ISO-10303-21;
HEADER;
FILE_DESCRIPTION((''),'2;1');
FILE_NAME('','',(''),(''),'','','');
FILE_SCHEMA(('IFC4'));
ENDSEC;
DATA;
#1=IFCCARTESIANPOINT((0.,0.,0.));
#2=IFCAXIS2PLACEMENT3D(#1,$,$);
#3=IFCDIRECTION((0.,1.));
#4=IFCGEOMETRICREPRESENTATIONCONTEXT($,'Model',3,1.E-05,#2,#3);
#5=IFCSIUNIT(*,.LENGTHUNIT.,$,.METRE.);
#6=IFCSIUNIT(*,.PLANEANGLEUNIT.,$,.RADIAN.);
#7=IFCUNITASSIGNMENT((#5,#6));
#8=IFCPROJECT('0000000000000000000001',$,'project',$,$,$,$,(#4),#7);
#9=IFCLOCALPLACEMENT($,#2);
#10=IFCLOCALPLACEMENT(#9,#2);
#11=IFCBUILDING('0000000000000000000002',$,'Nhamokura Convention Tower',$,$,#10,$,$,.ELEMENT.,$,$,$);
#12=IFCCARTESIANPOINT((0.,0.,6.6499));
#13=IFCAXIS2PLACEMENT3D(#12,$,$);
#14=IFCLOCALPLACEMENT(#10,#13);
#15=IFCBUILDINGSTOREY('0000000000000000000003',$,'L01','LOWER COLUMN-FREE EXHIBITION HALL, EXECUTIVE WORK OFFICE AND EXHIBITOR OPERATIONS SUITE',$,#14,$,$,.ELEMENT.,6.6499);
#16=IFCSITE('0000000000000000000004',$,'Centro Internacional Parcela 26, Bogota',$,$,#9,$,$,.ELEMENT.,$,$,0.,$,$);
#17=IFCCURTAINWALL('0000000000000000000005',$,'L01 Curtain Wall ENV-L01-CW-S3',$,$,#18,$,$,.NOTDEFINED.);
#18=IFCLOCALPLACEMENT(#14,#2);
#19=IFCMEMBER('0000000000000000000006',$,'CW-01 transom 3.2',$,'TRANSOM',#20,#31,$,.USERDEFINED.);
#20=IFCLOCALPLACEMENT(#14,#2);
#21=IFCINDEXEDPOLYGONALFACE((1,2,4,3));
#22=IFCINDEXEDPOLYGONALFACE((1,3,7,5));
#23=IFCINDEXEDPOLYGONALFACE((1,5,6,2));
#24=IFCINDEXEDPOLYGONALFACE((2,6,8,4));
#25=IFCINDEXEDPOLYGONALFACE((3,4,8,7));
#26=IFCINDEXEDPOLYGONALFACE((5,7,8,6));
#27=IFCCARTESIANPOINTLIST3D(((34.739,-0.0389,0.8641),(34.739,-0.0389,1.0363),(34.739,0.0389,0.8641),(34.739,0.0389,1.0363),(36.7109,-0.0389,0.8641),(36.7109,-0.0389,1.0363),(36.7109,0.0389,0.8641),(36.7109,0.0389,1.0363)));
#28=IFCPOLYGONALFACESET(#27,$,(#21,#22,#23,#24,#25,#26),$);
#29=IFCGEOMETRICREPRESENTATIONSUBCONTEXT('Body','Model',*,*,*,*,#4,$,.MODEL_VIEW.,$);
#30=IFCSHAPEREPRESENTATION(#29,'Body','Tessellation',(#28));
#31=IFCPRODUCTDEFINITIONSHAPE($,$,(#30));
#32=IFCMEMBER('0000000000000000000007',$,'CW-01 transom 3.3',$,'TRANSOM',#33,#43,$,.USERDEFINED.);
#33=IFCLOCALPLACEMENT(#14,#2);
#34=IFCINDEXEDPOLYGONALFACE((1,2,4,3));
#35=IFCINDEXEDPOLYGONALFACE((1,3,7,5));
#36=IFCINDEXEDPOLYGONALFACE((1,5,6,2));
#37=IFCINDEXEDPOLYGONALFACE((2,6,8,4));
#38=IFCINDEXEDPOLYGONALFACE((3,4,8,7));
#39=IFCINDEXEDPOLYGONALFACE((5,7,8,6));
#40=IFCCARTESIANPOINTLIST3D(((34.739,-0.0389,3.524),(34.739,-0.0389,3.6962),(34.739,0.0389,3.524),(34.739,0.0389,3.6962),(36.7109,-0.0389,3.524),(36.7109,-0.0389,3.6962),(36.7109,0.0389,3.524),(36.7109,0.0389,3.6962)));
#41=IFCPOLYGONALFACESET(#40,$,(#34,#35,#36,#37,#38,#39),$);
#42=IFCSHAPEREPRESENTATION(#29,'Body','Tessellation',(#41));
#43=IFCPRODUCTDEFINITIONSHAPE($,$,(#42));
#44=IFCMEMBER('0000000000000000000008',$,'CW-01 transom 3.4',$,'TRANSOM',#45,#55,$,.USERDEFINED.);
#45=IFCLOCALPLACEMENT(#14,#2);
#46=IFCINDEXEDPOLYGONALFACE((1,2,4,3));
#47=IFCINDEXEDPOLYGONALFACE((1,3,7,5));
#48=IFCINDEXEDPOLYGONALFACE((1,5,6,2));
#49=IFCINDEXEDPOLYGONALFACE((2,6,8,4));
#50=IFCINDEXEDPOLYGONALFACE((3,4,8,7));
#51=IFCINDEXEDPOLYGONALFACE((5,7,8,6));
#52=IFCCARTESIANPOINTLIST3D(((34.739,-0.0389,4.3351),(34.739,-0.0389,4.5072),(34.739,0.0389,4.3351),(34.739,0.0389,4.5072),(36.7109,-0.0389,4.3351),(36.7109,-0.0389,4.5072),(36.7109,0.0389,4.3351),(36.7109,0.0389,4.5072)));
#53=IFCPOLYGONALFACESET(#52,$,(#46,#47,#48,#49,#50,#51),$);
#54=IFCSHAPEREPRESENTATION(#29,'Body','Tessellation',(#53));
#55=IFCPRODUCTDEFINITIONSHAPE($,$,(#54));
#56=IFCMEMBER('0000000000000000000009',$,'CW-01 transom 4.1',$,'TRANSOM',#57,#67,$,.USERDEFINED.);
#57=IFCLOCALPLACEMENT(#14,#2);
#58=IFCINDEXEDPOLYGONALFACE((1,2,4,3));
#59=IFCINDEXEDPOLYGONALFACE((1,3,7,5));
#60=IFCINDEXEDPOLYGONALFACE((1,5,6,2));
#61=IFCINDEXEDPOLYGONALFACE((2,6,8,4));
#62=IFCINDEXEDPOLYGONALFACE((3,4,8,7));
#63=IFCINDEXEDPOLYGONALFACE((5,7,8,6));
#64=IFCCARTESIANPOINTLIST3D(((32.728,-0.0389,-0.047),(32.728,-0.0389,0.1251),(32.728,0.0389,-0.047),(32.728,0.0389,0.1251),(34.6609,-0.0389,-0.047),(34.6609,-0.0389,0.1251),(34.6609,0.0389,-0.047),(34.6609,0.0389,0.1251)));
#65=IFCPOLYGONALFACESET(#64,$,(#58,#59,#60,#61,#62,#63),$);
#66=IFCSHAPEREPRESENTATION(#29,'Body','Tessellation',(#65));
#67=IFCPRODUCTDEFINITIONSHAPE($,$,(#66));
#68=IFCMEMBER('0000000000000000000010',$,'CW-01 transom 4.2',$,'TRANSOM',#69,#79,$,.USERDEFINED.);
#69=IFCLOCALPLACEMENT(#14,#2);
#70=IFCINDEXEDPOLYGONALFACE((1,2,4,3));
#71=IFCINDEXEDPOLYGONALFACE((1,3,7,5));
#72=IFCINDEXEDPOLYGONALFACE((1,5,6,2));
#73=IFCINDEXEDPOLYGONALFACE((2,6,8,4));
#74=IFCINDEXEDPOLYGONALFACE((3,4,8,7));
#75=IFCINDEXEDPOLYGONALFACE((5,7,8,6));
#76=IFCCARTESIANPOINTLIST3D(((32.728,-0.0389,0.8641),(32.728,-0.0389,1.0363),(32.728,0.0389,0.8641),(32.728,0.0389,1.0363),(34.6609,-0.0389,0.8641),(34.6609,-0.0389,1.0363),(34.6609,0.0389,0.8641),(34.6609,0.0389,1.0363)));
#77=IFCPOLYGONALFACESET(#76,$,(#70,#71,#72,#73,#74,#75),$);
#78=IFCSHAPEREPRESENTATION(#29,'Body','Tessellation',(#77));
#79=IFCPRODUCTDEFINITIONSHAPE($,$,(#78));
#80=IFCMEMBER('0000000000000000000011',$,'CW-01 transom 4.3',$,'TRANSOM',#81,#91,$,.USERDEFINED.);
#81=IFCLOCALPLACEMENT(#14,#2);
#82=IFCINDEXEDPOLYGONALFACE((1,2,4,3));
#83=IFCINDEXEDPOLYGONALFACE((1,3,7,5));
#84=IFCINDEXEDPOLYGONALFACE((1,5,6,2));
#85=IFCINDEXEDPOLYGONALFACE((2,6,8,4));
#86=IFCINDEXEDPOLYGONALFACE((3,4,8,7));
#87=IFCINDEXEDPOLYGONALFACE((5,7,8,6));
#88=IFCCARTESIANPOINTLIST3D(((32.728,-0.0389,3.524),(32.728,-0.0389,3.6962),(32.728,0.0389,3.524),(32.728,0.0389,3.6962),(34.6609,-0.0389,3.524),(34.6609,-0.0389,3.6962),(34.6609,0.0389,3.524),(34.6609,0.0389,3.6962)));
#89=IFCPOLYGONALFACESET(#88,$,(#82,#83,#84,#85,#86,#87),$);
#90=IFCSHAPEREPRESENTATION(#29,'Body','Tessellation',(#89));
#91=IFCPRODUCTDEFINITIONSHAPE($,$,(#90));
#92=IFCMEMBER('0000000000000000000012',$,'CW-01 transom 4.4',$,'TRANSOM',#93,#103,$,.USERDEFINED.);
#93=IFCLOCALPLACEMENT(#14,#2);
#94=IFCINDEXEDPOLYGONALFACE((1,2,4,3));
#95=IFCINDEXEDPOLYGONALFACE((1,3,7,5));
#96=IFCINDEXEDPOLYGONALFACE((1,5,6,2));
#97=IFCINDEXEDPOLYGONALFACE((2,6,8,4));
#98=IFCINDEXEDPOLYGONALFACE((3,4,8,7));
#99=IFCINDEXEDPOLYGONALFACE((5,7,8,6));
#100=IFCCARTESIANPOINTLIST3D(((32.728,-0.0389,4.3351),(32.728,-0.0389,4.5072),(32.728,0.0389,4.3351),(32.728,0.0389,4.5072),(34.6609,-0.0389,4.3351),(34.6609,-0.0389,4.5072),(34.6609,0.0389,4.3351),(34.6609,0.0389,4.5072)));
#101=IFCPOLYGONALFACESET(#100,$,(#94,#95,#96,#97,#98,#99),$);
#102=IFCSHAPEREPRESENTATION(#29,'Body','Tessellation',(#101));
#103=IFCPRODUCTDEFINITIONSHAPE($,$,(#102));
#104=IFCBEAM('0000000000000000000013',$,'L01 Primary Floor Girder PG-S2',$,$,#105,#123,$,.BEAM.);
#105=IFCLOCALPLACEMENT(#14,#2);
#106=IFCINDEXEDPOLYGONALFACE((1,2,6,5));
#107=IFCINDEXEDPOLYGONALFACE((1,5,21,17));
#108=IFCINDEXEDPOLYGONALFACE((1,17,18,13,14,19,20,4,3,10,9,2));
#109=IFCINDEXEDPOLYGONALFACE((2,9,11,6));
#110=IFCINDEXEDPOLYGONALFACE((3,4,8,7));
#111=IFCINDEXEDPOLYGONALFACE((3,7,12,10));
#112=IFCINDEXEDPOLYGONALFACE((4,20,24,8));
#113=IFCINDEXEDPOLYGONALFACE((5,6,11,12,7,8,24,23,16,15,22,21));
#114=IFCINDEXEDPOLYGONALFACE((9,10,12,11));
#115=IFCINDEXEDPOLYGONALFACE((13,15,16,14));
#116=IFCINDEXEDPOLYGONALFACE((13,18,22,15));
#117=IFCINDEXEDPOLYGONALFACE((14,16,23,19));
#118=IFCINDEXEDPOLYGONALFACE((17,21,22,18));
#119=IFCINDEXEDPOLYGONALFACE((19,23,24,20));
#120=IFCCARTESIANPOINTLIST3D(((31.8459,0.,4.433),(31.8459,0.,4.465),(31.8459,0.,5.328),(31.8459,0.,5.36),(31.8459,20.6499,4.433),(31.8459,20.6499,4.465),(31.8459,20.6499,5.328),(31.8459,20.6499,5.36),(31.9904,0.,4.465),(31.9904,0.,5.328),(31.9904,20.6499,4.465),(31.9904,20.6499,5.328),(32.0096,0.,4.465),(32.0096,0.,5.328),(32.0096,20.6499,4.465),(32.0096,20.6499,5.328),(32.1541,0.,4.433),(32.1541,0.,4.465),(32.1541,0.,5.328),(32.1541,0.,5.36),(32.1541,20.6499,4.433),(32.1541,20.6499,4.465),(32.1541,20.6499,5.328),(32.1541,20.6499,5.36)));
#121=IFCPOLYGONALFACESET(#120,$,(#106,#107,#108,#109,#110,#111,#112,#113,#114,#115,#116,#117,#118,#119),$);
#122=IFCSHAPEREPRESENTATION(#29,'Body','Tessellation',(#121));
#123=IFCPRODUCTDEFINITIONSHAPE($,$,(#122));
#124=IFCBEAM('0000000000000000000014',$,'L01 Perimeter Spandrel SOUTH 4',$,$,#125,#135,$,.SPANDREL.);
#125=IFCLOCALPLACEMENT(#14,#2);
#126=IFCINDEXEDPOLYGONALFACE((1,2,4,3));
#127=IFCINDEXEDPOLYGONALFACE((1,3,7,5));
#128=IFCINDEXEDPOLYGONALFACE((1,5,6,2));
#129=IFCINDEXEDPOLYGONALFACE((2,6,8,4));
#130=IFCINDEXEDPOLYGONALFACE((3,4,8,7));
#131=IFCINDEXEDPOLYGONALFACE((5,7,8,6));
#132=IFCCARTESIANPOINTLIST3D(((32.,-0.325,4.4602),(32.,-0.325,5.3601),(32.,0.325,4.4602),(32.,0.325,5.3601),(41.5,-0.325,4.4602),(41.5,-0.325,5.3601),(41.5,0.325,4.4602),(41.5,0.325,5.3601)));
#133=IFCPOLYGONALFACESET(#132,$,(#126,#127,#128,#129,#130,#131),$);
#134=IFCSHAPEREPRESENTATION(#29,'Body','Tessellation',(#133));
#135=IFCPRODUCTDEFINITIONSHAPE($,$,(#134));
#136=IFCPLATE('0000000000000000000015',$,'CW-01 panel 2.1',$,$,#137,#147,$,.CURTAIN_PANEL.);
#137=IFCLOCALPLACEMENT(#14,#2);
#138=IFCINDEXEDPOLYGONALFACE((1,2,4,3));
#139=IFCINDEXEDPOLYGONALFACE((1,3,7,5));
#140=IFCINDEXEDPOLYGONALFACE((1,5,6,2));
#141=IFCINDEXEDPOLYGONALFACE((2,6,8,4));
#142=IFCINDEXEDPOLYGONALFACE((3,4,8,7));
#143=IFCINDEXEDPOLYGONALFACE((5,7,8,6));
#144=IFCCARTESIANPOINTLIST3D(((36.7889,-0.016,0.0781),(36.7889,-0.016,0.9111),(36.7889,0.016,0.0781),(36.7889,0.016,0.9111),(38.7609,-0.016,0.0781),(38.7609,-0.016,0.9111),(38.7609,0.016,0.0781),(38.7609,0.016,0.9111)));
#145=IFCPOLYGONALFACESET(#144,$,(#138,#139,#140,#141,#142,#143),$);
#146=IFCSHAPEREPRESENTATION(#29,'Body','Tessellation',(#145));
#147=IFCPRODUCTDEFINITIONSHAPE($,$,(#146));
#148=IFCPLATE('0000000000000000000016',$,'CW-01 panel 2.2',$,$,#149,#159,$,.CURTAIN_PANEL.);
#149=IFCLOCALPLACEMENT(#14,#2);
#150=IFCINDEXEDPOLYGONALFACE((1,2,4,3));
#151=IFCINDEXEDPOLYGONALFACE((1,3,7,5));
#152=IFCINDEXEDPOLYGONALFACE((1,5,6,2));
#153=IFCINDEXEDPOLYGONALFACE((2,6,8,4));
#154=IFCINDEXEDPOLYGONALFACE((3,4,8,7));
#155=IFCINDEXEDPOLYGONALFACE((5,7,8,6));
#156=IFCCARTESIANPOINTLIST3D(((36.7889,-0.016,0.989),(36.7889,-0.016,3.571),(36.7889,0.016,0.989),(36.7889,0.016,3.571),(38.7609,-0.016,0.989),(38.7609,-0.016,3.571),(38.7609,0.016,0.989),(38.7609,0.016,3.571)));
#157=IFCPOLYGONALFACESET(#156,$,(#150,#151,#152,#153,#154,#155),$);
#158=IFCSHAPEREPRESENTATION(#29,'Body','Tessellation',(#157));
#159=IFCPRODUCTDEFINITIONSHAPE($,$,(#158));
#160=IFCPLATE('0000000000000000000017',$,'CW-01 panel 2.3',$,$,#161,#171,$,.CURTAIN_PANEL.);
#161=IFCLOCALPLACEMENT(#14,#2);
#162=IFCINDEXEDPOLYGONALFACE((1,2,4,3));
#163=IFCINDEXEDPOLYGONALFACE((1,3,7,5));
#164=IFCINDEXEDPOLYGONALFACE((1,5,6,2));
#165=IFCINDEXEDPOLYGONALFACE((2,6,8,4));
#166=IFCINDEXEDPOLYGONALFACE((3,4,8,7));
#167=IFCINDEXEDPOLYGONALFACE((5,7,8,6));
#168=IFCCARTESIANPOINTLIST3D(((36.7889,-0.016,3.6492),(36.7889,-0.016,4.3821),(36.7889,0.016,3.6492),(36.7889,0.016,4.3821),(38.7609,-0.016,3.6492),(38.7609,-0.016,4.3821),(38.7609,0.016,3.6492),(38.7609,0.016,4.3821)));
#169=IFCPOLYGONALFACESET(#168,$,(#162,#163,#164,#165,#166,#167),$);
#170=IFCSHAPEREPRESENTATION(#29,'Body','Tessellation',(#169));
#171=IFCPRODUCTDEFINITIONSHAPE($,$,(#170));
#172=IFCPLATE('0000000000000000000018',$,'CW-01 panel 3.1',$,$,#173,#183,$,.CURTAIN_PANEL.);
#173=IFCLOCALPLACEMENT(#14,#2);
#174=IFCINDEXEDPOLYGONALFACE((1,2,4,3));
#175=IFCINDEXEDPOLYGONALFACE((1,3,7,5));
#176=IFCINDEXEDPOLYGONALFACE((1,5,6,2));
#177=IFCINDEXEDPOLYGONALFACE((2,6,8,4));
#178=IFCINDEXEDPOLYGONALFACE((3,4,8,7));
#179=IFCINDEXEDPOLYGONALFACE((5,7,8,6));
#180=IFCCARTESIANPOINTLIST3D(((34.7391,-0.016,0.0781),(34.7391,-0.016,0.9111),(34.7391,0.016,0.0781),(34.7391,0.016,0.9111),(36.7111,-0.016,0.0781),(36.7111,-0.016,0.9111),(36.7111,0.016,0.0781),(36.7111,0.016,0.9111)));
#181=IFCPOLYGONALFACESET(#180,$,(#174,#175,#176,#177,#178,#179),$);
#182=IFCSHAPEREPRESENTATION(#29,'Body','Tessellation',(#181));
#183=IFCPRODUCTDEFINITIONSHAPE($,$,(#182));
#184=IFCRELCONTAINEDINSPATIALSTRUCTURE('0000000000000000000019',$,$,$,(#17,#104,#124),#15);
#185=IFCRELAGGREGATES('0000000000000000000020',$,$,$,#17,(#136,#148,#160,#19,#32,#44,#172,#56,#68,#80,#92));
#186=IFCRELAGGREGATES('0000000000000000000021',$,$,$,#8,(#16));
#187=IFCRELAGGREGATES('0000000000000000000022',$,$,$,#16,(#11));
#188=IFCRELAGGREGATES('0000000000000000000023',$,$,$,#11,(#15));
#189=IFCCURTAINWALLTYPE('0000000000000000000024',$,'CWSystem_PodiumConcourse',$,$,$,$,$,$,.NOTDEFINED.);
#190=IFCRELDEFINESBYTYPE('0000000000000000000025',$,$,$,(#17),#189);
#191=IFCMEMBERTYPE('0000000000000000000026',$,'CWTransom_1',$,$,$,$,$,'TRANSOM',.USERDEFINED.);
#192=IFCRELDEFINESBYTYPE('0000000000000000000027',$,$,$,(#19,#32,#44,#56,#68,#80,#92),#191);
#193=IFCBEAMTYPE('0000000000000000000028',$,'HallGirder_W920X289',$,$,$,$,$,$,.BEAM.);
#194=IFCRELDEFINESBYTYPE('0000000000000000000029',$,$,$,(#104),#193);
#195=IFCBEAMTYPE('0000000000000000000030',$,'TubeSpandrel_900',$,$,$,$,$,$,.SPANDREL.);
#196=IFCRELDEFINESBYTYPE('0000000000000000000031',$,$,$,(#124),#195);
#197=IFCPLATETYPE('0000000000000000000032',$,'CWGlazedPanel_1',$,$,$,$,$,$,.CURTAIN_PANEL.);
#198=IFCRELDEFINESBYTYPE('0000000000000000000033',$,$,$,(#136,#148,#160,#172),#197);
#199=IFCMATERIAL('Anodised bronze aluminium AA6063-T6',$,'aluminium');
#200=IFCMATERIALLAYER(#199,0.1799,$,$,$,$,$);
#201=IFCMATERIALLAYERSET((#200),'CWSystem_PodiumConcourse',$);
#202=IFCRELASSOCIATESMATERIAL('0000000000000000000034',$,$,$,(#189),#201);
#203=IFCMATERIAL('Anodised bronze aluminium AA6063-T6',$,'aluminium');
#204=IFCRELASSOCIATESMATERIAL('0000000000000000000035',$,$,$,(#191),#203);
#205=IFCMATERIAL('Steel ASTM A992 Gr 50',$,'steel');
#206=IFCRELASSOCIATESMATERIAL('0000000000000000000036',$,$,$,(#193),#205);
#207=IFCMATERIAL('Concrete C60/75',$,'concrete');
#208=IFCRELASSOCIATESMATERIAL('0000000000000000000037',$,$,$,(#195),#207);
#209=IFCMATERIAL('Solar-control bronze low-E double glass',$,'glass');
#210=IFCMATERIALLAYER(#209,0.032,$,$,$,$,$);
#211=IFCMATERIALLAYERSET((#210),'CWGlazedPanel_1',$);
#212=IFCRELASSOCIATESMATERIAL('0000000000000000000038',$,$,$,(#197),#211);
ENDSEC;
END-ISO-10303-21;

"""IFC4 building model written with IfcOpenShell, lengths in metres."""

from ifc_helpers import new_model, si_unit, direction, frame, origin, origin_2d, place, context, subcontext, project, spatial, rectangle, i_section, extrude, material, layer, layer_set, material_profile, profile_set, type_object, element, aggregate, save


model = new_model("IFC4")

# Units and contexts
model_context = context("Model", 3, precision=1e-05, world=origin(), true_north=direction((0.0, 1.0)))
body_context = subcontext(model_context, "Body", "Model", "MODEL_VIEW")
ifc_project = project(units=[si_unit("LENGTHUNIT", "METRE"), si_unit("PLANEANGLEUNIT", "RADIAN")], contexts=[model_context])

# Site, building, storey
site_placement = place(None, origin())
site = spatial("IfcSite", under=ifc_project, at=site_placement, Name="Centro Internacional Parcela 26, Bogota", CompositionType="ELEMENT", RefElevation=0.0)
building_placement = place(site_placement, origin())
building = spatial("IfcBuilding", under=site, at=building_placement, Name="Nhamokura Convention Tower", CompositionType="ELEMENT")
storey_placement = place(building_placement, frame((0.0, 0.0, 6.6499)))
storey = spatial("IfcBuildingStorey", under=building, at=storey_placement, Name="L01", Description="LOWER COLUMN-FREE EXHIBITION HALL, EXECUTIVE WORK OFFICE AND EXHIBITOR OPERATIONS SUITE", CompositionType="ELEMENT", Elevation=6.6499)

# Shared definitions
ifc_material_1 = material(Name="Anodised bronze aluminium AA6063-T6", Category="aluminium")
ifc_layer_1 = layer(ifc_material_1, 0.1799)
ifc_layer_set_1 = layer_set([ifc_layer_1], Name="CWSystem_PodiumConcourse")
curtain_wall_type = type_object("IfcCurtainWallType", Name="CWSystem_PodiumConcourse", PredefinedType="NOTDEFINED", material=ifc_layer_set_1)

# Curtain wall
curtain_wall_1_placement = place(storey_placement, origin())
curtain_wall_1 = element("IfcCurtainWall", 1, at=curtain_wall_1_placement, inside=storey, type_object=curtain_wall_type, Name="L01 Curtain Wall ENV-L01-CW-S3", PredefinedType="NOTDEFINED")

# Members
ifc_material_2 = material(Name="Anodised bronze aluminium AA6063-T6", Category="aluminium")
ifc_material_profile_1 = material_profile(ifc_material_2, rectangle(XDim=0.0779, YDim=0.1721, at=origin_2d()))
ifc_profile_set_1 = profile_set([ifc_material_profile_1], Name="Anodised bronze aluminium AA6063-T6")
member_type_1 = type_object("IfcMemberType", Name="CWTransom_1", ElementType="TRANSOM", PredefinedType="USERDEFINED", material=ifc_profile_set_1)
member_1_placement = place(storey_placement, frame((36.7109, 0.0, 0.9502), z_axis=(-1.0, 0.0, 0.0), x_axis=(0.0, -1.0, 0.0)))
member_1 = element("IfcMember", 2, at=member_1_placement, type_object=member_type_1, Name="CW-01 transom 3.2", ObjectType="TRANSOM", PredefinedType="USERDEFINED", context=body_context, shape_type="SweptSolid", body=[
    extrude(rectangle(XDim=0.0779, YDim=0.1721, at=origin_2d()), origin(), (0.0, 0.0, 1.0), 1.9719),
])
member_2_placement = place(storey_placement, frame((36.7109, 0.0, 3.6101), z_axis=(-1.0, 0.0, 0.0), x_axis=(0.0, -1.0, 0.0)))
member_2 = element("IfcMember", 3, at=member_2_placement, type_object=member_type_1, Name="CW-01 transom 3.3", ObjectType="TRANSOM", PredefinedType="USERDEFINED", context=body_context, shape_type="SweptSolid", body=[
    extrude(rectangle(XDim=0.0779, YDim=0.1721, at=origin_2d()), origin(), (0.0, 0.0, 1.0), 1.9719),
])
member_3_placement = place(storey_placement, frame((36.7109, 0.0, 4.4211), z_axis=(-1.0, 0.0, 0.0), x_axis=(0.0, -1.0, 0.0)))
member_3 = element("IfcMember", 4, at=member_3_placement, type_object=member_type_1, Name="CW-01 transom 3.4", ObjectType="TRANSOM", PredefinedType="USERDEFINED", context=body_context, shape_type="SweptSolid", body=[
    extrude(rectangle(XDim=0.0779, YDim=0.1721, at=origin_2d()), origin(), (0.0, 0.0, 1.0), 1.9719),
])
member_4_placement = place(storey_placement, frame((34.6609, 0.0, 0.0391), z_axis=(-1.0, 0.0, 0.0), x_axis=(0.0, -1.0, 0.0)))
member_4 = element("IfcMember", 5, at=member_4_placement, type_object=member_type_1, Name="CW-01 transom 4.1", ObjectType="TRANSOM", PredefinedType="USERDEFINED", context=body_context, shape_type="SweptSolid", body=[
    extrude(rectangle(XDim=0.0779, YDim=0.1721, at=origin_2d()), origin(), (0.0, 0.0, 1.0), 1.9329),
])
member_5_placement = place(storey_placement, frame((34.6609, 0.0, 0.9502), z_axis=(-1.0, 0.0, 0.0), x_axis=(0.0, -1.0, 0.0)))
member_5 = element("IfcMember", 6, at=member_5_placement, type_object=member_type_1, Name="CW-01 transom 4.2", ObjectType="TRANSOM", PredefinedType="USERDEFINED", context=body_context, shape_type="SweptSolid", body=[
    extrude(rectangle(XDim=0.0779, YDim=0.1721, at=origin_2d()), origin(), (0.0, 0.0, 1.0), 1.9329),
])
member_6_placement = place(storey_placement, frame((34.6609, 0.0, 3.6101), z_axis=(-1.0, 0.0, 0.0), x_axis=(0.0, -1.0, 0.0)))
member_6 = element("IfcMember", 7, at=member_6_placement, type_object=member_type_1, Name="CW-01 transom 4.3", ObjectType="TRANSOM", PredefinedType="USERDEFINED", context=body_context, shape_type="SweptSolid", body=[
    extrude(rectangle(XDim=0.0779, YDim=0.1721, at=origin_2d()), origin(), (0.0, 0.0, 1.0), 1.9329),
])
member_7_placement = place(storey_placement, frame((34.6609, 0.0, 4.4211), z_axis=(-1.0, 0.0, 0.0), x_axis=(0.0, -1.0, 0.0)))
member_7 = element("IfcMember", 8, at=member_7_placement, type_object=member_type_1, Name="CW-01 transom 4.4", ObjectType="TRANSOM", PredefinedType="USERDEFINED", context=body_context, shape_type="SweptSolid", body=[
    extrude(rectangle(XDim=0.0779, YDim=0.1721, at=origin_2d()), origin(), (0.0, 0.0, 1.0), 1.9329),
])

# Beams
ifc_material_3 = material(Name="Steel ASTM A992 Gr 50", Category="steel")
ifc_material_profile_2 = material_profile(ifc_material_3, i_section(OverallWidth=0.3081, OverallDepth=0.927, WebThickness=0.0193, FlangeThickness=0.032, at=origin_2d()))
ifc_profile_set_2 = profile_set([ifc_material_profile_2], Name="Steel ASTM A992 Gr 50")
beam_type_1 = type_object("IfcBeamType", Name="HallGirder_W920X289", PredefinedType="BEAM", material=ifc_profile_set_2)
beam_1_placement = place(storey_placement, frame((32.0, 0.0, 4.8965), z_axis=(0.0, 1.0, 0.0), x_axis=(-1.0, 0.0, 0.0)))
element("IfcBeam", 9, at=beam_1_placement, inside=storey, type_object=beam_type_1, Name="L01 Primary Floor Girder PG-S2", PredefinedType="BEAM", context=body_context, shape_type="SweptSolid", body=[
    extrude(i_section(OverallWidth=0.3081, OverallDepth=0.927, WebThickness=0.0193, FlangeThickness=0.032, at=origin_2d()), origin(), (0.0, 0.0, 1.0), 20.6499),
])
ifc_material_4 = material(Name="Concrete C60/75", Category="concrete")
ifc_material_profile_3 = material_profile(ifc_material_4, rectangle(XDim=0.6499, YDim=0.8999, at=origin_2d()))
ifc_profile_set_3 = profile_set([ifc_material_profile_3], Name="Concrete C60/75")
beam_type_2 = type_object("IfcBeamType", Name="TubeSpandrel_900", PredefinedType="SPANDREL", material=ifc_profile_set_3)
beam_2_placement = place(storey_placement, frame((32.0, 0.0, 4.9102), z_axis=(1.0, 0.0, 0.0), x_axis=(0.0, 1.0, 0.0)))
element("IfcBeam", 10, at=beam_2_placement, inside=storey, type_object=beam_type_2, Name="L01 Perimeter Spandrel SOUTH 4", PredefinedType="SPANDREL", context=body_context, shape_type="SweptSolid", body=[
    extrude(rectangle(XDim=0.6499, YDim=0.8999, at=origin_2d()), origin(), (0.0, 0.0, 1.0), 9.5),
])

# Plates
ifc_material_5 = material(Name="Solar-control bronze low-E double glass", Category="glass")
ifc_layer_2 = layer(ifc_material_5, 0.032)
ifc_layer_set_2 = layer_set([ifc_layer_2], Name="CWGlazedPanel_1")
plate_type = type_object("IfcPlateType", Name="CWGlazedPanel_1", PredefinedType="CURTAIN_PANEL", material=ifc_layer_set_2)
plate_1_placement = place(storey_placement, frame((37.7749, 0.0, 0.0781), z_axis=(0.0, 0.0, 1.0), x_axis=(-1.0, 0.0, 0.0)))
plate_1 = element("IfcPlate", 11, at=plate_1_placement, type_object=plate_type, Name="CW-01 panel 2.1", PredefinedType="CURTAIN_PANEL", context=body_context, shape_type="SweptSolid", body=[
    extrude(rectangle(XDim=1.9719, YDim=0.032, at=origin_2d()), origin(), (0.0, 0.0, 1.0), 0.833),
])
plate_2_placement = place(storey_placement, frame((37.7749, 0.0, 0.989), z_axis=(0.0, 0.0, 1.0), x_axis=(-1.0, 0.0, 0.0)))
plate_2 = element("IfcPlate", 12, at=plate_2_placement, type_object=plate_type, Name="CW-01 panel 2.2", PredefinedType="CURTAIN_PANEL", context=body_context, shape_type="SweptSolid", body=[
    extrude(rectangle(XDim=1.9719, YDim=0.032, at=origin_2d()), origin(), (0.0, 0.0, 1.0), 2.582),
])
plate_3_placement = place(storey_placement, frame((37.7749, 0.0, 3.6492), z_axis=(0.0, 0.0, 1.0), x_axis=(-1.0, 0.0, 0.0)))
plate_3 = element("IfcPlate", 13, at=plate_3_placement, type_object=plate_type, Name="CW-01 panel 2.3", PredefinedType="CURTAIN_PANEL", context=body_context, shape_type="SweptSolid", body=[
    extrude(rectangle(XDim=1.9719, YDim=0.032, at=origin_2d()), origin(), (0.0, 0.0, 1.0), 0.7329),
])
plate_4_placement = place(storey_placement, frame((35.7251, 0.0, 0.0781), z_axis=(0.0, 0.0, 1.0), x_axis=(-1.0, 0.0, 0.0)))
plate_4 = element("IfcPlate", 14, at=plate_4_placement, type_object=plate_type, Name="CW-01 panel 3.1", PredefinedType="CURTAIN_PANEL", context=body_context, shape_type="SweptSolid", body=[
    extrude(rectangle(XDim=1.9719, YDim=0.032, at=origin_2d()), origin(), (0.0, 0.0, 1.0), 0.833),
])
aggregate(curtain_wall_1, [plate_1, plate_2, plate_3, member_1, member_2, member_3, plate_4, member_4, member_5, member_6, member_7])

save(model, "model.ifc")
